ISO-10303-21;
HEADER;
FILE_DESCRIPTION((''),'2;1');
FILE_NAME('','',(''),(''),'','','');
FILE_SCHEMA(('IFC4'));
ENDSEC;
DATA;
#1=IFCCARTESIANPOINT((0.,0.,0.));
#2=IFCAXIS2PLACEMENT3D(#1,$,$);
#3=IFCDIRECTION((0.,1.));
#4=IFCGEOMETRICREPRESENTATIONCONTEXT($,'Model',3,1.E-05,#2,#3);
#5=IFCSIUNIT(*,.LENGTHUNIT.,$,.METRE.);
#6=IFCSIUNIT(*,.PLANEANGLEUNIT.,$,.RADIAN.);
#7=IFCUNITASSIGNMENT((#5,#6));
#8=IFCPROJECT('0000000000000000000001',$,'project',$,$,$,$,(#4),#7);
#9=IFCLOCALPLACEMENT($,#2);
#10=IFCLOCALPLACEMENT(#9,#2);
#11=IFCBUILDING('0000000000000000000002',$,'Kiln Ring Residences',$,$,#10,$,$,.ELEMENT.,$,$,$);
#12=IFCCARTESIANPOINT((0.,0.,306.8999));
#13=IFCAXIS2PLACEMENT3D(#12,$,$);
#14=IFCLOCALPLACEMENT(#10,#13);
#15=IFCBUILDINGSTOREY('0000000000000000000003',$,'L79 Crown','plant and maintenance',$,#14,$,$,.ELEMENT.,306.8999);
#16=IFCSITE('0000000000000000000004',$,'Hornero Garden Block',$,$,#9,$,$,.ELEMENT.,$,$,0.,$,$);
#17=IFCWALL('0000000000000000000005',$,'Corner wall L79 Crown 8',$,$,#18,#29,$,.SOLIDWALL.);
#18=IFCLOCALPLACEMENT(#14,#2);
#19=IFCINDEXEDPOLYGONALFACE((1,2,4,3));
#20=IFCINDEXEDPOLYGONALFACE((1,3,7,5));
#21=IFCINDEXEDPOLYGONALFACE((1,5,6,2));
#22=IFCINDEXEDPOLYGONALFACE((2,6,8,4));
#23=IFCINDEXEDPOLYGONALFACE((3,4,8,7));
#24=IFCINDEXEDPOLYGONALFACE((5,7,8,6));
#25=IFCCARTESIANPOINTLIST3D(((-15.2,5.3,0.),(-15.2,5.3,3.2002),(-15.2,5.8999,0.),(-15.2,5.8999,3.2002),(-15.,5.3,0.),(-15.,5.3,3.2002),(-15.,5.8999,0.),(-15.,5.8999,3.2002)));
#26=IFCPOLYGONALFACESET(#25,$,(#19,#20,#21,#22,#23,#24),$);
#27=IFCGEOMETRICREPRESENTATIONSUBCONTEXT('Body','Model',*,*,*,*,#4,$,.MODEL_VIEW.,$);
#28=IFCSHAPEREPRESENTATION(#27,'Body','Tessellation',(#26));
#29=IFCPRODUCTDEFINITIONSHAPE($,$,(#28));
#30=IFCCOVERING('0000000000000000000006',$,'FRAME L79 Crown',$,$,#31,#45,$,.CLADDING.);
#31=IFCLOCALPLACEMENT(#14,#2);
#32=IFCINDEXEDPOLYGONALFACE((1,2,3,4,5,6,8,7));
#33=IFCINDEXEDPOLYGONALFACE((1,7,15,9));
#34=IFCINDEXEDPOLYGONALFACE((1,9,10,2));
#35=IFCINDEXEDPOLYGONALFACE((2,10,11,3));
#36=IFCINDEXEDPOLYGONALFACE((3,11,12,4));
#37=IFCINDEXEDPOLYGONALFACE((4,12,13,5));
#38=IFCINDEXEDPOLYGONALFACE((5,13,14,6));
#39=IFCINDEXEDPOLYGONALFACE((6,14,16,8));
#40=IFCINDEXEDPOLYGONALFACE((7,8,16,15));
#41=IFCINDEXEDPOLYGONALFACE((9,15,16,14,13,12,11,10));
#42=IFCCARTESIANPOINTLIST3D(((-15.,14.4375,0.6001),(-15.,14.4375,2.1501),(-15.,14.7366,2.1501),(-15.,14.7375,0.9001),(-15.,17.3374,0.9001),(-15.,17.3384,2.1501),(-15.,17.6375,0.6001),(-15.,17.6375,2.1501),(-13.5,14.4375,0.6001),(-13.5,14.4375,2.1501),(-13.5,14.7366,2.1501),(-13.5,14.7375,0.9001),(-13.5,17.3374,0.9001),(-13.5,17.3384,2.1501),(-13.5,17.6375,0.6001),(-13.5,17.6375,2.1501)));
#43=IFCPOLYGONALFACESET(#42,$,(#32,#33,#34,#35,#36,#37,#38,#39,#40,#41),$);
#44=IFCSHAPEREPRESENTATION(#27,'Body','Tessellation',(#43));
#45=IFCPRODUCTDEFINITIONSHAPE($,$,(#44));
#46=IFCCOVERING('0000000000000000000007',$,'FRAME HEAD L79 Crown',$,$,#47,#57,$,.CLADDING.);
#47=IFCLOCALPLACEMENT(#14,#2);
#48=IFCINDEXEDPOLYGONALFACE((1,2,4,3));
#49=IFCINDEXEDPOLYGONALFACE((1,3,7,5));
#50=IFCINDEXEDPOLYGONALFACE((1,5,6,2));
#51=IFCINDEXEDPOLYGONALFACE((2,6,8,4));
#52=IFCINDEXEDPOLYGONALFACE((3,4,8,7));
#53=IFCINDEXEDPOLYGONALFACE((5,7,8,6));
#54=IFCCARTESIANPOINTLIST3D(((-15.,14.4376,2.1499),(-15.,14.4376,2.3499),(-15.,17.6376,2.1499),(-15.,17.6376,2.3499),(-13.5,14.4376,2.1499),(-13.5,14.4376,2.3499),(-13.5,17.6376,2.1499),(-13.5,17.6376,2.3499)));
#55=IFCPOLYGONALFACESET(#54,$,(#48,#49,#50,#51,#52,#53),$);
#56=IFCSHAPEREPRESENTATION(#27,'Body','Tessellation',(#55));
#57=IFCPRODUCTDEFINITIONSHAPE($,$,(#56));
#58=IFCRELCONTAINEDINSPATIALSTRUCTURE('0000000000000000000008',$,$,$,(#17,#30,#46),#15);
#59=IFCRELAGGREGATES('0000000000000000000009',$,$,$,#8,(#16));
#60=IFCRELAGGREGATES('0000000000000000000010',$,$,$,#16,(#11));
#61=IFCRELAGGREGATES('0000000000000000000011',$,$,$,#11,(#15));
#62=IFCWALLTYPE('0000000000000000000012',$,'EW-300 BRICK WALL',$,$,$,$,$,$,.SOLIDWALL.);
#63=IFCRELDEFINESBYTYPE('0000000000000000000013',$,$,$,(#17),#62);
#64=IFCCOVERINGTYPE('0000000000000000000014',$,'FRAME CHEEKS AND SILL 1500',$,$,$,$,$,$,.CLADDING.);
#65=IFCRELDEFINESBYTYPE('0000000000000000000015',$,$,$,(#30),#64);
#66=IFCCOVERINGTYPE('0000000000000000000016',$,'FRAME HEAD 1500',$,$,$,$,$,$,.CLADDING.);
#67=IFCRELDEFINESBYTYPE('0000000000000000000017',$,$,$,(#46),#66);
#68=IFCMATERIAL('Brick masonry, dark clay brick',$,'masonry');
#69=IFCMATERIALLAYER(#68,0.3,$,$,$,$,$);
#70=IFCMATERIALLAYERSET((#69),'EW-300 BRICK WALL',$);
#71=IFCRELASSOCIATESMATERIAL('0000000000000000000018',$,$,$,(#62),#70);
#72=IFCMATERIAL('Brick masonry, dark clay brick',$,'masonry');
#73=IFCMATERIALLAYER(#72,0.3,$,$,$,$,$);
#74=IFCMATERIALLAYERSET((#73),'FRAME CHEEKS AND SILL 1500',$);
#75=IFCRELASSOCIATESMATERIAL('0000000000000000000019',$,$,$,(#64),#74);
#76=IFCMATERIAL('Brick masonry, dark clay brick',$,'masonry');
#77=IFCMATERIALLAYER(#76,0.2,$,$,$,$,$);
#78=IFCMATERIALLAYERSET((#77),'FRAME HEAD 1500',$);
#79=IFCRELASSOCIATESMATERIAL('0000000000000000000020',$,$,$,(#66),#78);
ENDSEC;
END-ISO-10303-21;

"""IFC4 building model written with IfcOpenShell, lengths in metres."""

from ifc_helpers import new_model, si_unit, direction, frame, origin, origin_2d, place, context, subcontext, project, spatial, polyline, rectangle, outline, extrude, material, layer, layer_set, type_object, element, save


model = new_model("IFC4")

# Units and contexts
model_context = context("Model", 3, precision=1e-05, world=origin(), true_north=direction((0.0, 1.0)))
body_context = subcontext(model_context, "Body", "Model", "MODEL_VIEW")
ifc_project = project(units=[si_unit("LENGTHUNIT", "METRE"), si_unit("PLANEANGLEUNIT", "RADIAN")], contexts=[model_context])

# Site, building, storey
site_placement = place(None, origin())
site = spatial("IfcSite", under=ifc_project, at=site_placement, Name="Hornero Garden Block", CompositionType="ELEMENT", RefElevation=0.0)
building_placement = place(site_placement, origin())
building = spatial("IfcBuilding", under=site, at=building_placement, Name="Kiln Ring Residences", CompositionType="ELEMENT")
storey_placement = place(building_placement, frame((0.0, 0.0, 306.8999)))
storey = spatial("IfcBuildingStorey", under=building, at=storey_placement, Name="L79 Crown", Description="plant and maintenance", CompositionType="ELEMENT", Elevation=306.8999)

# Shared definitions
ifc_material_1 = material(Name="Brick masonry, dark clay brick", Category="masonry")
ifc_layer_1 = layer(ifc_material_1, 0.3)
ifc_layer_set_1 = layer_set([ifc_layer_1], Name="EW-300 BRICK WALL")
wall_type = type_object("IfcWallType", Name="EW-300 BRICK WALL", PredefinedType="SOLIDWALL", material=ifc_layer_set_1)

# Wall
placement = place(storey_placement, origin())
element("IfcWall", 1, at=placement, inside=storey, type_object=wall_type, Name="Corner wall L79 Crown 8", PredefinedType="SOLIDWALL", context=body_context, shape_type="SweptSolid", body=[
    extrude(outline(polyline([(-15.2, 5.3), (-15.0, 5.3), (-15.0, 5.8999), (-15.3, 5.8999), (-15.2, 5.8999), (-15.2, 5.3)])), origin(), (0.0, 0.0, 1.0), 3.2002),
])

# Coverings
ifc_material_2 = material(Name="Brick masonry, dark clay brick", Category="masonry")
ifc_layer_2 = layer(ifc_material_2, 0.3)
ifc_layer_set_2 = layer_set([ifc_layer_2], Name="FRAME CHEEKS AND SILL 1500")
covering_type_1 = type_object("IfcCoveringType", Name="FRAME CHEEKS AND SILL 1500", PredefinedType="CLADDING", material=ifc_layer_set_2)
covering_1_placement = place(storey_placement, frame((-14.25, 14.4375, 0.6001), z_axis=(0.0, 0.0, 1.0), x_axis=(0.0, 1.0, 0.0)))
element("IfcCovering", 2, at=covering_1_placement, inside=storey, type_object=covering_type_1, Name="FRAME L79 Crown", PredefinedType="CLADDING", context=body_context, shape_type="SweptSolid", body=[
    extrude(outline(polyline([(0.0, 0.0), (3.2, 0.0), (3.2, 1.55), (2.9009, 1.55), (2.8999, 0.3), (0.3, 0.3), (0.2991, 1.55), (0.0, 1.55), (0.0, 0.0)])), frame((0.0, 0.75, 0.0), z_axis=(0.0, -1.0, 0.0), x_axis=(1.0, 0.0, 0.0)), (0.0, 0.0, 1.0), 1.5),
])
ifc_material_3 = material(Name="Brick masonry, dark clay brick", Category="masonry")
ifc_layer_3 = layer(ifc_material_3, 0.2)
ifc_layer_set_3 = layer_set([ifc_layer_3], Name="FRAME HEAD 1500")
covering_type_2 = type_object("IfcCoveringType", Name="FRAME HEAD 1500", PredefinedType="CLADDING", material=ifc_layer_set_3)
covering_2_placement = place(storey_placement, frame((-14.25, 16.0376, 2.1499), z_axis=(0.0, 0.0, 1.0), x_axis=(0.0, 1.0, 0.0)))
element("IfcCovering", 3, at=covering_2_placement, inside=storey, type_object=covering_type_2, Name="FRAME HEAD L79 Crown", PredefinedType="CLADDING", context=body_context, shape_type="SweptSolid", body=[
    extrude(rectangle(XDim=3.2, YDim=1.5, at=origin_2d()), origin(), (0.0, 0.0, 1.0), 0.2),
])

save(model, "model.ifc")
